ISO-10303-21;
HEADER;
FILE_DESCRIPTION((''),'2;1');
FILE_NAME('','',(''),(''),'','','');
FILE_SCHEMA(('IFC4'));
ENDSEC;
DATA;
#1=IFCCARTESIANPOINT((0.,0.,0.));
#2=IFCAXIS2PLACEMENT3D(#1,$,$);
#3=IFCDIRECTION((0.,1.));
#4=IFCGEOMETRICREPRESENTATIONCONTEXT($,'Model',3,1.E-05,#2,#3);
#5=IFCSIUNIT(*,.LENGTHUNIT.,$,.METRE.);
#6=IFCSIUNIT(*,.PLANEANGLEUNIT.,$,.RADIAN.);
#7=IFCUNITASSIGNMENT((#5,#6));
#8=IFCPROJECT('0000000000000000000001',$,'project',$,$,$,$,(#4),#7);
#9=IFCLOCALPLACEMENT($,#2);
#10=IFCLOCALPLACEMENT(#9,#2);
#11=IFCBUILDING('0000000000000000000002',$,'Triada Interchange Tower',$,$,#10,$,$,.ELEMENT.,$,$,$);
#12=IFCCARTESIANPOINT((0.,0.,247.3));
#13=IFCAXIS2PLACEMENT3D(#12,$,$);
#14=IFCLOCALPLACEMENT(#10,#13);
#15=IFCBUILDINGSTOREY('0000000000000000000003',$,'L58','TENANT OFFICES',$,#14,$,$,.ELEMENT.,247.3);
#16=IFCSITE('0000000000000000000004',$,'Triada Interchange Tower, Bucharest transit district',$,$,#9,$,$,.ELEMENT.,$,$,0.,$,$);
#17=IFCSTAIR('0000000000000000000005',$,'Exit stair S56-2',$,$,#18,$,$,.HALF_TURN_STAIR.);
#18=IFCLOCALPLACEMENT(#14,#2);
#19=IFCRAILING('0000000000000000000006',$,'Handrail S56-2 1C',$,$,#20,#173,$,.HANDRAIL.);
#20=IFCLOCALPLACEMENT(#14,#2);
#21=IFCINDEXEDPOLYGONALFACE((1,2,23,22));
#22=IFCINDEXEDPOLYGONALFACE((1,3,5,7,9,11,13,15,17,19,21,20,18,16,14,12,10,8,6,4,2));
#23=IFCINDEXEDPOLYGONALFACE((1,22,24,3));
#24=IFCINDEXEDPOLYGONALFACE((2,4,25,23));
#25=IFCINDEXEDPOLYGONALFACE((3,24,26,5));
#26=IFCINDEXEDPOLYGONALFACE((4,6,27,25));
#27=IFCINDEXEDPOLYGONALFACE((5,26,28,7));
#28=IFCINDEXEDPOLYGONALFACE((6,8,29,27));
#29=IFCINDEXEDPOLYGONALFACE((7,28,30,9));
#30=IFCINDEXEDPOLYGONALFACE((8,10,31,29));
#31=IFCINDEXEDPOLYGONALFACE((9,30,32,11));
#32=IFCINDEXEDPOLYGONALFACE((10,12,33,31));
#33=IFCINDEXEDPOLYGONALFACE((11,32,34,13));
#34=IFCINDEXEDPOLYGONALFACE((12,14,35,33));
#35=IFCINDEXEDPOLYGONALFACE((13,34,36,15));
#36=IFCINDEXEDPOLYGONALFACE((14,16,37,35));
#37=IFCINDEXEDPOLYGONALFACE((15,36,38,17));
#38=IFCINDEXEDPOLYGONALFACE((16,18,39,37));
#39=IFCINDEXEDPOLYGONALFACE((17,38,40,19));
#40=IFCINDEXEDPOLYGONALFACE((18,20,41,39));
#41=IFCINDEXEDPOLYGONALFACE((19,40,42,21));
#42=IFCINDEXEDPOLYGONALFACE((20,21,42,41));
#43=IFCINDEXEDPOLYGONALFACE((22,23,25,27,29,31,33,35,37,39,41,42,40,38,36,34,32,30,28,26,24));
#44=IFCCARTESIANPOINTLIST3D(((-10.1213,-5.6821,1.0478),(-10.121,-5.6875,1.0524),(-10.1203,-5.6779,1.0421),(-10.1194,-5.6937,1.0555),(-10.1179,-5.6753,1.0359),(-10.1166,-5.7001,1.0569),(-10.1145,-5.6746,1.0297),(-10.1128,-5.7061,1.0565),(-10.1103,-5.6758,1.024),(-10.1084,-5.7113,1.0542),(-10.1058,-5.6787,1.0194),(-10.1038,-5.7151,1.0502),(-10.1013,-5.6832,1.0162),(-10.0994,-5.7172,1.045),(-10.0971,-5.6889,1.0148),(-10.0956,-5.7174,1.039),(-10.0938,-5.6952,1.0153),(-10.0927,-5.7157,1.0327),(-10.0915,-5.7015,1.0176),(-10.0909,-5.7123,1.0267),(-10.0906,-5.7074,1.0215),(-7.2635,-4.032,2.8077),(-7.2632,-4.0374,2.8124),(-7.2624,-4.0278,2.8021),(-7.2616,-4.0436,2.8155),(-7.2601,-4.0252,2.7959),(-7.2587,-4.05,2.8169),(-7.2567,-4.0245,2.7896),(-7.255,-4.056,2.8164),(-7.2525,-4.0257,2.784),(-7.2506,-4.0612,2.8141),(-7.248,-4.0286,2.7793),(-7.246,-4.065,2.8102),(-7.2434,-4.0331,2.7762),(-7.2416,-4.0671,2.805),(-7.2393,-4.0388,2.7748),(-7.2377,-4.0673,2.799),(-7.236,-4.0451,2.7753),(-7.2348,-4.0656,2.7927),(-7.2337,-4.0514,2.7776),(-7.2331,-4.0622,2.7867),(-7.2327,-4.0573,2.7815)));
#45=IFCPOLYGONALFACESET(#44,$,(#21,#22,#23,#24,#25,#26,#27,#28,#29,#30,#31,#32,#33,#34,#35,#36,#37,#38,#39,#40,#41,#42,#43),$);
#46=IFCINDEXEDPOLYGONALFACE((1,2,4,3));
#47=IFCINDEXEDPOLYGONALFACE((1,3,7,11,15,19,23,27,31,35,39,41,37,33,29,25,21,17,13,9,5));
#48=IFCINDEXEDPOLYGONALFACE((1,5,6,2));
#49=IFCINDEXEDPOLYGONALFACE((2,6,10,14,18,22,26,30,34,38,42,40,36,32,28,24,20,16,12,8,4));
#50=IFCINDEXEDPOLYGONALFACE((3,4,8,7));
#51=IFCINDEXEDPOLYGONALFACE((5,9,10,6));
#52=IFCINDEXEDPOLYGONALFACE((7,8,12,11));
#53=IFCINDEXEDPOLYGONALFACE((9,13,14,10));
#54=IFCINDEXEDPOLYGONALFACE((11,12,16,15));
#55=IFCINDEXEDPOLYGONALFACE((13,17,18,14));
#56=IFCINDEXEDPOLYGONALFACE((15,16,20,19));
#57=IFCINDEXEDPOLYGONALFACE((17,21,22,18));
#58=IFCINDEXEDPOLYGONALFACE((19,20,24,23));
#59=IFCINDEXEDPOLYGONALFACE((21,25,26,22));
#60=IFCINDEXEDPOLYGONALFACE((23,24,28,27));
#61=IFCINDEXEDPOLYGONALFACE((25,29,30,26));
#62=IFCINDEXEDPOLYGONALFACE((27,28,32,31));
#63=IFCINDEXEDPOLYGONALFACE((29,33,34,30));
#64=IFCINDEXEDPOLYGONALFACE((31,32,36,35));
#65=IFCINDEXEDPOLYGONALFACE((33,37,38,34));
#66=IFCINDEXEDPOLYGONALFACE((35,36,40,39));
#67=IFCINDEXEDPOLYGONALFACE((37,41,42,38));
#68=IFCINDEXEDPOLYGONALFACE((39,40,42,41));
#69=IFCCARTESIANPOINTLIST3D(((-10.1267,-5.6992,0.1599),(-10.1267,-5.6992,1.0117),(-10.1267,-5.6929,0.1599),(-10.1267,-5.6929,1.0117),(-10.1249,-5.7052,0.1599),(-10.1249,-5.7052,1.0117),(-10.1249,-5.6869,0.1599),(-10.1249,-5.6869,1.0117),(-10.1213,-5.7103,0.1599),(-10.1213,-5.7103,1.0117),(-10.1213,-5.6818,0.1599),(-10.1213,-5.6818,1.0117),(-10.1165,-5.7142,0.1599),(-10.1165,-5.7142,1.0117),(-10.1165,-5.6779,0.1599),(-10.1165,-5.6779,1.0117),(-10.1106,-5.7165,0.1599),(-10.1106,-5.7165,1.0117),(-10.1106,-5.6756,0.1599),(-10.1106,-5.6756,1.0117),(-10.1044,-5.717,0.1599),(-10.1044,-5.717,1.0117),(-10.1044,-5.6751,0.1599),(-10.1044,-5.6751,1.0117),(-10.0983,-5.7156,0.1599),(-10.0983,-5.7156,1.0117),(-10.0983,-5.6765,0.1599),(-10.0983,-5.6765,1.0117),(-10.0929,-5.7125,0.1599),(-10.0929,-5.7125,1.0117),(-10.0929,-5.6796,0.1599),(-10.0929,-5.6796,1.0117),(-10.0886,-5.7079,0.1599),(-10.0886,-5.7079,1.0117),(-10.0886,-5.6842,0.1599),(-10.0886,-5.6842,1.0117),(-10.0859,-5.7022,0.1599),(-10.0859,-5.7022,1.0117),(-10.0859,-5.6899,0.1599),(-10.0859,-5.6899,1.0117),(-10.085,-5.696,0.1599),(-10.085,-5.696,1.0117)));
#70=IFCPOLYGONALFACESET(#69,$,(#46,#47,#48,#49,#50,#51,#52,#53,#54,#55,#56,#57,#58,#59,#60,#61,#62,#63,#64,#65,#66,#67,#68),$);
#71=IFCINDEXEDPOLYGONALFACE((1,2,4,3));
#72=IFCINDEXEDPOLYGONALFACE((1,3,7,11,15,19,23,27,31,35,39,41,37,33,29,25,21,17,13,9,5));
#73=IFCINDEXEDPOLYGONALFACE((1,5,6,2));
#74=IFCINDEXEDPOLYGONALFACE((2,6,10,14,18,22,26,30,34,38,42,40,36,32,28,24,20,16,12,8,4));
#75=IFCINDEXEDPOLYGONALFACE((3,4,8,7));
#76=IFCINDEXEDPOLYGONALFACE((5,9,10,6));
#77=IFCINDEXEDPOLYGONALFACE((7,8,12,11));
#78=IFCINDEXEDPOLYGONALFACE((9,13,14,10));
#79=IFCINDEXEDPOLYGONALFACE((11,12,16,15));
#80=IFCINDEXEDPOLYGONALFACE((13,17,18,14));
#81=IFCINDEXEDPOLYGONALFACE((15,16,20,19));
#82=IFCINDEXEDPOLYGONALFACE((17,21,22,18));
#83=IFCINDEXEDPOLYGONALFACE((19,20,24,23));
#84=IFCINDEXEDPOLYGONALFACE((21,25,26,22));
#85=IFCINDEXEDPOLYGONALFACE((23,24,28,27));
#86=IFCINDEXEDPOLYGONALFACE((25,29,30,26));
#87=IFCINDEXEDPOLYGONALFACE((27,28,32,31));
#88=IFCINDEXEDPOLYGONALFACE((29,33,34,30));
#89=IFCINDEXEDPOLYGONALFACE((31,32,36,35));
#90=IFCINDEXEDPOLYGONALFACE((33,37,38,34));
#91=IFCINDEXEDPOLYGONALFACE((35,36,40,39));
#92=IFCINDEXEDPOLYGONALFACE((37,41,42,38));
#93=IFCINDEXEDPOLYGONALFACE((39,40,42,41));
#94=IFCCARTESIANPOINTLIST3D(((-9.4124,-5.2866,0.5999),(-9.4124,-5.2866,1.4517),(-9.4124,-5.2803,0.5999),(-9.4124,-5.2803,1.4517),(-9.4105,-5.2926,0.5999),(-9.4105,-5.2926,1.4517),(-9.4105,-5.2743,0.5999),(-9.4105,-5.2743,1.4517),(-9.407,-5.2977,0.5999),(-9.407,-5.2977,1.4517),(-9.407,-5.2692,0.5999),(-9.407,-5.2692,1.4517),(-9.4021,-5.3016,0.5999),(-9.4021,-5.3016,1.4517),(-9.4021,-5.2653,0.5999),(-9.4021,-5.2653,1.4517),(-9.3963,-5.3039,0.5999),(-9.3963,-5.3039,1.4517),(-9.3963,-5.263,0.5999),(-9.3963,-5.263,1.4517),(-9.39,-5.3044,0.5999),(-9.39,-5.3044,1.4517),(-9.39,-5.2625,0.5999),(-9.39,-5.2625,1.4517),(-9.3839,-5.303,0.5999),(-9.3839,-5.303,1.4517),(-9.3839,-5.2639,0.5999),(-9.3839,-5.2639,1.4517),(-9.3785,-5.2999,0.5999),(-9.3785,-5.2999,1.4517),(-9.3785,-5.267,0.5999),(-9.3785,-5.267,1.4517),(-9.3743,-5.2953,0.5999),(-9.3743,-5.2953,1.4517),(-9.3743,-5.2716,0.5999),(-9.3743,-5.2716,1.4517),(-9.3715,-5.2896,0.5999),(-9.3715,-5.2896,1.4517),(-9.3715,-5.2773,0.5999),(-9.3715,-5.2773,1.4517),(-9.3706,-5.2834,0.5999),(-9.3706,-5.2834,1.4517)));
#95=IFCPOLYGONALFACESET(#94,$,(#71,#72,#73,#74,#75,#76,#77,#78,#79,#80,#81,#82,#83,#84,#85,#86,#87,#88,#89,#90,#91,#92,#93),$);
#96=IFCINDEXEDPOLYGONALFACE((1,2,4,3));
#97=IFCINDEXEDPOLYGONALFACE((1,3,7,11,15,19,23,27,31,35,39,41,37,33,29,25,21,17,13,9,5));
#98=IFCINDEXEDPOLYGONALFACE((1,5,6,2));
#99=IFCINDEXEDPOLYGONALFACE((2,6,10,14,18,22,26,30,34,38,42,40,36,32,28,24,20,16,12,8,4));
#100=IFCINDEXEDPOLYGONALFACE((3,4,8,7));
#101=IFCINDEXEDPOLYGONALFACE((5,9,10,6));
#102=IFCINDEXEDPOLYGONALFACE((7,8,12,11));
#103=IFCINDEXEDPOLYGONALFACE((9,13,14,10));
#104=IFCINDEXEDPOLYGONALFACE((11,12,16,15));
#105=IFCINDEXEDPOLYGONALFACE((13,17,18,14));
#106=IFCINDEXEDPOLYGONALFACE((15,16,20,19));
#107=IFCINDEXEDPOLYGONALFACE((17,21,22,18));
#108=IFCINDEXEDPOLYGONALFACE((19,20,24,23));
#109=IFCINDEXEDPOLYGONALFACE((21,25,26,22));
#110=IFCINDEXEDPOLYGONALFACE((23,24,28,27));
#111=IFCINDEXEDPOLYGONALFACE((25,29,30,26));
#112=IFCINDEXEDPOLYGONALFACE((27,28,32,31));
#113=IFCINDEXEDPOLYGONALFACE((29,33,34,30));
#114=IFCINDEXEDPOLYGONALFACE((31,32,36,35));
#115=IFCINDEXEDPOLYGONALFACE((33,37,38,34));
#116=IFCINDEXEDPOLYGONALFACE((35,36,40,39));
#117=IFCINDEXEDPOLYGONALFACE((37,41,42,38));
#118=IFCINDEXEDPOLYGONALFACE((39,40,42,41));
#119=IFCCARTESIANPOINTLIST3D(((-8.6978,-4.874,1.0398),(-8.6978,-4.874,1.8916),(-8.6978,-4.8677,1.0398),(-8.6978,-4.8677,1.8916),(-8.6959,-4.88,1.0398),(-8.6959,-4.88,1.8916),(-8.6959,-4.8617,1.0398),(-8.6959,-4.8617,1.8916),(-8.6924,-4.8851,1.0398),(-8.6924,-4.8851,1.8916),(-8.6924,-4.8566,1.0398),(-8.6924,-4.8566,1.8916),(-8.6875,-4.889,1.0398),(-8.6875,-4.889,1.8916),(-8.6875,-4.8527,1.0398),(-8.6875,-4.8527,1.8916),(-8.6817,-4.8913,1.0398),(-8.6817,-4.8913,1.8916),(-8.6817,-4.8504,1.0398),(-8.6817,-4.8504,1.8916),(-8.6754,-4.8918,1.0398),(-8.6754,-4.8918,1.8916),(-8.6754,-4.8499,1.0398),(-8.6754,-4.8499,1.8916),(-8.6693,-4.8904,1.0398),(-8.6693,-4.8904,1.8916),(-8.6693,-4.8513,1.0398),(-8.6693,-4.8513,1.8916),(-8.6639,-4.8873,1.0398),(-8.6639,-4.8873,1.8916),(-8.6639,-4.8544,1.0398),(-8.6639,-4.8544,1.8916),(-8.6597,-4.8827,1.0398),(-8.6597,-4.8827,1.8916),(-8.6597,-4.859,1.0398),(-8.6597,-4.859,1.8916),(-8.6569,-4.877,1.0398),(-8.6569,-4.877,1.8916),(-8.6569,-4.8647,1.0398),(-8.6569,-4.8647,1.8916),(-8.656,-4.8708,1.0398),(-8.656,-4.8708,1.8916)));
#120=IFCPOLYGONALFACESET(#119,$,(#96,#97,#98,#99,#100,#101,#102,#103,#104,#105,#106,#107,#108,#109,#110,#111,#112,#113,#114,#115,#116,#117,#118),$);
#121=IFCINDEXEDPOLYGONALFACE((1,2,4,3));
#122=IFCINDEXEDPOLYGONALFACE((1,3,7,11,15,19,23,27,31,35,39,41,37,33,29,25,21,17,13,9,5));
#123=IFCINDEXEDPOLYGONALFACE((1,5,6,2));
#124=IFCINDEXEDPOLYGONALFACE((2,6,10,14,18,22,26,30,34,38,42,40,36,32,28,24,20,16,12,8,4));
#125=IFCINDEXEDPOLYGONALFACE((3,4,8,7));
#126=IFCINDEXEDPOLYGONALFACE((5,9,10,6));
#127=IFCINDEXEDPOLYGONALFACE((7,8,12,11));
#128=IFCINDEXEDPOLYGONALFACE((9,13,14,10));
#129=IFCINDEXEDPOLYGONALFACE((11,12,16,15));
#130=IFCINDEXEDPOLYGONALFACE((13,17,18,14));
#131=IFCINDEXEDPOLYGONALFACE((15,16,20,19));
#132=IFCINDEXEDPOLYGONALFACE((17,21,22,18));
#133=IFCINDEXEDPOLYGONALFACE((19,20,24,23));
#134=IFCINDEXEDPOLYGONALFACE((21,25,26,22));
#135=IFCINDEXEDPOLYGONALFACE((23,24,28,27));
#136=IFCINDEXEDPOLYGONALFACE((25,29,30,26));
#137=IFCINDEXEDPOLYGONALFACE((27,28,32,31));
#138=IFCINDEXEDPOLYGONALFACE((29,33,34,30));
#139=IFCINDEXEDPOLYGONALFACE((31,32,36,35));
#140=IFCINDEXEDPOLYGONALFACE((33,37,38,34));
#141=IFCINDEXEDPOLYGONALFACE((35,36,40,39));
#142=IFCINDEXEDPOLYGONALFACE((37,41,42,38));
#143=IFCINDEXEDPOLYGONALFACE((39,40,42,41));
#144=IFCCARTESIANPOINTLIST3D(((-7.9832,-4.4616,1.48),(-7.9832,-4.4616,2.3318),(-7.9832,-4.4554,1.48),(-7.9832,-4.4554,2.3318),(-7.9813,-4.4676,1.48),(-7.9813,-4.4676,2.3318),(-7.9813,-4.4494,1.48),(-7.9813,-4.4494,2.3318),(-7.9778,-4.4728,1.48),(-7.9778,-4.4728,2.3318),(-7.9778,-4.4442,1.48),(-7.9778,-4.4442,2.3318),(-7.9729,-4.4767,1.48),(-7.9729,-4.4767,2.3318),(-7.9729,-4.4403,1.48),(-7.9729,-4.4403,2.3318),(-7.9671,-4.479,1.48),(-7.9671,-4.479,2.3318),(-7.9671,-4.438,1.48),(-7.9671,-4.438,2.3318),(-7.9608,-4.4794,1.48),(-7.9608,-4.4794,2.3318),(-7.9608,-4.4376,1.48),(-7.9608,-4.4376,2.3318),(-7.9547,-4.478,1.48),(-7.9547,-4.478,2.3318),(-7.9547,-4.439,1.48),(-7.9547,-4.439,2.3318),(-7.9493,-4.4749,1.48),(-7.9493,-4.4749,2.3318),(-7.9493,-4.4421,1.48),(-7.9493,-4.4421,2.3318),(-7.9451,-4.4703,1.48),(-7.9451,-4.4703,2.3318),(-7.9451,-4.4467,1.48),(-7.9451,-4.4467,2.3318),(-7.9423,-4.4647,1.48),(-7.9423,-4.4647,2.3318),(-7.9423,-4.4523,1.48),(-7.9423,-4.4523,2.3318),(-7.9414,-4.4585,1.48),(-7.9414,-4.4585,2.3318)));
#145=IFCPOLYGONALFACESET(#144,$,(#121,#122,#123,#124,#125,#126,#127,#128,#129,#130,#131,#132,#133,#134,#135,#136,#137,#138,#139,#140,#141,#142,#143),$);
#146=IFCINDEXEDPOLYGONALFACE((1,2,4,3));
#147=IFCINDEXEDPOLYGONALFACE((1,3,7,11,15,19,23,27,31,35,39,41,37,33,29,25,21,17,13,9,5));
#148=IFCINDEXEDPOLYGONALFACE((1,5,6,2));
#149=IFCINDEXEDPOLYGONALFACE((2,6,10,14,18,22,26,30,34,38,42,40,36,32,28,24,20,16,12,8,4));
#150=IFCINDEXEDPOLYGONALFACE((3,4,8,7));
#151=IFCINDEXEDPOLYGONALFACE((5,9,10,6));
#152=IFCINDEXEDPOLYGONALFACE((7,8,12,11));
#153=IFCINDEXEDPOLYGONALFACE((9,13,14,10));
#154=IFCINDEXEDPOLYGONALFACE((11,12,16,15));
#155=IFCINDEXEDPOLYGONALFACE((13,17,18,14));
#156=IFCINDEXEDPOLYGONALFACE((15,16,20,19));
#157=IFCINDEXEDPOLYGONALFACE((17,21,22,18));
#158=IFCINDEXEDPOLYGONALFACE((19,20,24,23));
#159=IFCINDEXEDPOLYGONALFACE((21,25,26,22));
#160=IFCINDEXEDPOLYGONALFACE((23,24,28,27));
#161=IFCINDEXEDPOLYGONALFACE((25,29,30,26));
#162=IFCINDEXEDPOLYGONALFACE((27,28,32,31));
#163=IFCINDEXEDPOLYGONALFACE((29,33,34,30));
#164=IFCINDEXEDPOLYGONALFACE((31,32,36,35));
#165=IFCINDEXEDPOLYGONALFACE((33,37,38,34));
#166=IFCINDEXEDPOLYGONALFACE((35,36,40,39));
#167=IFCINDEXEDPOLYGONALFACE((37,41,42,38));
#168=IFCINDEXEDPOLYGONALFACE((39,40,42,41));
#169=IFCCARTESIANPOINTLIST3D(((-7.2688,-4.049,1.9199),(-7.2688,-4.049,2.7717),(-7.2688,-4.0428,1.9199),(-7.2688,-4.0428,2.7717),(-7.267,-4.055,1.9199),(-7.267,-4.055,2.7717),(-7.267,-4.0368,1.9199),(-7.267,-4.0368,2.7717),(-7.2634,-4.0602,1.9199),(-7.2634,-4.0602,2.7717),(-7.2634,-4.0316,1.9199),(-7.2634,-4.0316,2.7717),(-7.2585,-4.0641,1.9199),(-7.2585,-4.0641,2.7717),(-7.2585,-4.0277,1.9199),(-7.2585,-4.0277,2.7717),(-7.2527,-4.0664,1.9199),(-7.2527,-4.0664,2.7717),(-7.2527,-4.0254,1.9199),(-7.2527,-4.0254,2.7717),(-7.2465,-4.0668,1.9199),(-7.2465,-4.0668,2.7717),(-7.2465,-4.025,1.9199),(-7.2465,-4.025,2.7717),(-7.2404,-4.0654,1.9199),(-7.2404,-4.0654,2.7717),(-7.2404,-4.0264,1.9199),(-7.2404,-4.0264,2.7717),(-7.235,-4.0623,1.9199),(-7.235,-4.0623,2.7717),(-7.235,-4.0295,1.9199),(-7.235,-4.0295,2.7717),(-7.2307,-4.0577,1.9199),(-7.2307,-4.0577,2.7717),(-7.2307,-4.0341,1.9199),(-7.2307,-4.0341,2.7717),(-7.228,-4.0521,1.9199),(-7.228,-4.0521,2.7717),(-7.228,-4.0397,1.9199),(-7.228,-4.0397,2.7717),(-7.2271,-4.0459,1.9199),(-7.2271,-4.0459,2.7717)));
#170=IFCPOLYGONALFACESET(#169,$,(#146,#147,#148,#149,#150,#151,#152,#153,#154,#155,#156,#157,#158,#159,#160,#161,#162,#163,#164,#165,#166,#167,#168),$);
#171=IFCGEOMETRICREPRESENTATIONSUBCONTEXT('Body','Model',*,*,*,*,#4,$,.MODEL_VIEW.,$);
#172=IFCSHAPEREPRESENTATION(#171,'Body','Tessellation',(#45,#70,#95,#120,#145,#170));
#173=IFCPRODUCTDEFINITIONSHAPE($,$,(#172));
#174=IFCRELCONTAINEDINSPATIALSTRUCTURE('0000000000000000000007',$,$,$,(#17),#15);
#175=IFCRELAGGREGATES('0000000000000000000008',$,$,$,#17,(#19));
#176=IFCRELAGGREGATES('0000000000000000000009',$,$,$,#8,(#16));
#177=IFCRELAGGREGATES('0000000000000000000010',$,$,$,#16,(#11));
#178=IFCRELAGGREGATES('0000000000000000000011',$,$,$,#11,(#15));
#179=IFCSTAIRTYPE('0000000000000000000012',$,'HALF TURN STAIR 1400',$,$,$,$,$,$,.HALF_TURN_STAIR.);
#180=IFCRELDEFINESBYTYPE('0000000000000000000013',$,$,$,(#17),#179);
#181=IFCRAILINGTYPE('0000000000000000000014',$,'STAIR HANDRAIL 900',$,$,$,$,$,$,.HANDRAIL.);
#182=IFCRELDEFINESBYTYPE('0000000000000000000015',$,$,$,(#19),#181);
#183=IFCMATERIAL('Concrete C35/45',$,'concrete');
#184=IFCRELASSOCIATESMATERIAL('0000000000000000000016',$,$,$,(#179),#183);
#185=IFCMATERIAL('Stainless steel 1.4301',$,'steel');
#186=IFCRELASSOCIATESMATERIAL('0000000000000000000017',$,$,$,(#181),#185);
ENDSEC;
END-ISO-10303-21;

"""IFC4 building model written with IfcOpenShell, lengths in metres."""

from ifc_helpers import new_model, si_unit, direction, frame, origin, origin_2d, place, context, subcontext, project, spatial, circle, extrude, material, type_object, element, aggregate, save


model = new_model("IFC4")

# Units and contexts
model_context = context("Model", 3, precision=1e-05, world=origin(), true_north=direction((0.0, 1.0)))
body_context = subcontext(model_context, "Body", "Model", "MODEL_VIEW")
ifc_project = project(units=[si_unit("LENGTHUNIT", "METRE"), si_unit("PLANEANGLEUNIT", "RADIAN")], contexts=[model_context])

# Site, building, storey
site_placement = place(None, origin())
site = spatial("IfcSite", under=ifc_project, at=site_placement, Name="Triada Interchange Tower, Bucharest transit district", CompositionType="ELEMENT", RefElevation=0.0)
building_placement = place(site_placement, origin())
building = spatial("IfcBuilding", under=site, at=building_placement, Name="Triada Interchange Tower", CompositionType="ELEMENT")
storey_placement = place(building_placement, frame((0.0, 0.0, 247.3)))
storey = spatial("IfcBuildingStorey", under=building, at=storey_placement, Name="L58", Description="TENANT OFFICES", CompositionType="ELEMENT", Elevation=247.3)

# Stair, railing
ifc_material_1 = material(Name="Concrete C35/45", Category="concrete")
stair_type = type_object("IfcStairType", Name="HALF TURN STAIR 1400", PredefinedType="HALF_TURN_STAIR", material=ifc_material_1)
stair_placement = place(storey_placement, origin())
stair = element("IfcStair", 1, at=stair_placement, inside=storey, type_object=stair_type, Name="Exit stair S56-2", PredefinedType="HALF_TURN_STAIR")
ifc_material_2 = material(Name="Stainless steel 1.4301", Category="steel")
railing_type = type_object("IfcRailingType", Name="STAIR HANDRAIL 900", PredefinedType="HANDRAIL", material=ifc_material_2)
railing_1_placement = place(storey_placement, frame((-10.106, -5.696, 0.1599)))
railing_1 = element("IfcRailing", 2, at=railing_1_placement, type_object=railing_type, Name="Handrail S56-2 1C", PredefinedType="HANDRAIL", context=body_context, shape_type="SweptSolid", body=[
    extrude(circle(Radius=0.0239, at=origin_2d()), frame((0.0, 0.0, 0.876), z_axis=(0.764129, 0.441205, 0.47058), x_axis=(-0.50003, 0.866008, 0.0)), (0.0, 0.0, 1.0), 3.74),
    extrude(circle(Radius=0.021, at=origin_2d()), origin(), (0.0, 0.0, 1.0), 0.8518),
    extrude(circle(Radius=0.021, at=origin_2d()), frame((0.7144, 0.4126, 0.4399)), (0.0, 0.0, 1.0), 0.8518),
    extrude(circle(Radius=0.021, at=origin_2d()), frame((1.429, 0.8252, 0.8799)), (0.0, 0.0, 1.0), 0.8518),
    extrude(circle(Radius=0.021, at=origin_2d()), frame((2.1436, 1.2375, 1.3201)), (0.0, 0.0, 1.0), 0.8518),
    extrude(circle(Radius=0.021, at=origin_2d()), frame((2.8579, 1.6501, 1.76)), (0.0, 0.0, 1.0), 0.8518),
])
aggregate(stair, [railing_1])

save(model, "model.ifc")
